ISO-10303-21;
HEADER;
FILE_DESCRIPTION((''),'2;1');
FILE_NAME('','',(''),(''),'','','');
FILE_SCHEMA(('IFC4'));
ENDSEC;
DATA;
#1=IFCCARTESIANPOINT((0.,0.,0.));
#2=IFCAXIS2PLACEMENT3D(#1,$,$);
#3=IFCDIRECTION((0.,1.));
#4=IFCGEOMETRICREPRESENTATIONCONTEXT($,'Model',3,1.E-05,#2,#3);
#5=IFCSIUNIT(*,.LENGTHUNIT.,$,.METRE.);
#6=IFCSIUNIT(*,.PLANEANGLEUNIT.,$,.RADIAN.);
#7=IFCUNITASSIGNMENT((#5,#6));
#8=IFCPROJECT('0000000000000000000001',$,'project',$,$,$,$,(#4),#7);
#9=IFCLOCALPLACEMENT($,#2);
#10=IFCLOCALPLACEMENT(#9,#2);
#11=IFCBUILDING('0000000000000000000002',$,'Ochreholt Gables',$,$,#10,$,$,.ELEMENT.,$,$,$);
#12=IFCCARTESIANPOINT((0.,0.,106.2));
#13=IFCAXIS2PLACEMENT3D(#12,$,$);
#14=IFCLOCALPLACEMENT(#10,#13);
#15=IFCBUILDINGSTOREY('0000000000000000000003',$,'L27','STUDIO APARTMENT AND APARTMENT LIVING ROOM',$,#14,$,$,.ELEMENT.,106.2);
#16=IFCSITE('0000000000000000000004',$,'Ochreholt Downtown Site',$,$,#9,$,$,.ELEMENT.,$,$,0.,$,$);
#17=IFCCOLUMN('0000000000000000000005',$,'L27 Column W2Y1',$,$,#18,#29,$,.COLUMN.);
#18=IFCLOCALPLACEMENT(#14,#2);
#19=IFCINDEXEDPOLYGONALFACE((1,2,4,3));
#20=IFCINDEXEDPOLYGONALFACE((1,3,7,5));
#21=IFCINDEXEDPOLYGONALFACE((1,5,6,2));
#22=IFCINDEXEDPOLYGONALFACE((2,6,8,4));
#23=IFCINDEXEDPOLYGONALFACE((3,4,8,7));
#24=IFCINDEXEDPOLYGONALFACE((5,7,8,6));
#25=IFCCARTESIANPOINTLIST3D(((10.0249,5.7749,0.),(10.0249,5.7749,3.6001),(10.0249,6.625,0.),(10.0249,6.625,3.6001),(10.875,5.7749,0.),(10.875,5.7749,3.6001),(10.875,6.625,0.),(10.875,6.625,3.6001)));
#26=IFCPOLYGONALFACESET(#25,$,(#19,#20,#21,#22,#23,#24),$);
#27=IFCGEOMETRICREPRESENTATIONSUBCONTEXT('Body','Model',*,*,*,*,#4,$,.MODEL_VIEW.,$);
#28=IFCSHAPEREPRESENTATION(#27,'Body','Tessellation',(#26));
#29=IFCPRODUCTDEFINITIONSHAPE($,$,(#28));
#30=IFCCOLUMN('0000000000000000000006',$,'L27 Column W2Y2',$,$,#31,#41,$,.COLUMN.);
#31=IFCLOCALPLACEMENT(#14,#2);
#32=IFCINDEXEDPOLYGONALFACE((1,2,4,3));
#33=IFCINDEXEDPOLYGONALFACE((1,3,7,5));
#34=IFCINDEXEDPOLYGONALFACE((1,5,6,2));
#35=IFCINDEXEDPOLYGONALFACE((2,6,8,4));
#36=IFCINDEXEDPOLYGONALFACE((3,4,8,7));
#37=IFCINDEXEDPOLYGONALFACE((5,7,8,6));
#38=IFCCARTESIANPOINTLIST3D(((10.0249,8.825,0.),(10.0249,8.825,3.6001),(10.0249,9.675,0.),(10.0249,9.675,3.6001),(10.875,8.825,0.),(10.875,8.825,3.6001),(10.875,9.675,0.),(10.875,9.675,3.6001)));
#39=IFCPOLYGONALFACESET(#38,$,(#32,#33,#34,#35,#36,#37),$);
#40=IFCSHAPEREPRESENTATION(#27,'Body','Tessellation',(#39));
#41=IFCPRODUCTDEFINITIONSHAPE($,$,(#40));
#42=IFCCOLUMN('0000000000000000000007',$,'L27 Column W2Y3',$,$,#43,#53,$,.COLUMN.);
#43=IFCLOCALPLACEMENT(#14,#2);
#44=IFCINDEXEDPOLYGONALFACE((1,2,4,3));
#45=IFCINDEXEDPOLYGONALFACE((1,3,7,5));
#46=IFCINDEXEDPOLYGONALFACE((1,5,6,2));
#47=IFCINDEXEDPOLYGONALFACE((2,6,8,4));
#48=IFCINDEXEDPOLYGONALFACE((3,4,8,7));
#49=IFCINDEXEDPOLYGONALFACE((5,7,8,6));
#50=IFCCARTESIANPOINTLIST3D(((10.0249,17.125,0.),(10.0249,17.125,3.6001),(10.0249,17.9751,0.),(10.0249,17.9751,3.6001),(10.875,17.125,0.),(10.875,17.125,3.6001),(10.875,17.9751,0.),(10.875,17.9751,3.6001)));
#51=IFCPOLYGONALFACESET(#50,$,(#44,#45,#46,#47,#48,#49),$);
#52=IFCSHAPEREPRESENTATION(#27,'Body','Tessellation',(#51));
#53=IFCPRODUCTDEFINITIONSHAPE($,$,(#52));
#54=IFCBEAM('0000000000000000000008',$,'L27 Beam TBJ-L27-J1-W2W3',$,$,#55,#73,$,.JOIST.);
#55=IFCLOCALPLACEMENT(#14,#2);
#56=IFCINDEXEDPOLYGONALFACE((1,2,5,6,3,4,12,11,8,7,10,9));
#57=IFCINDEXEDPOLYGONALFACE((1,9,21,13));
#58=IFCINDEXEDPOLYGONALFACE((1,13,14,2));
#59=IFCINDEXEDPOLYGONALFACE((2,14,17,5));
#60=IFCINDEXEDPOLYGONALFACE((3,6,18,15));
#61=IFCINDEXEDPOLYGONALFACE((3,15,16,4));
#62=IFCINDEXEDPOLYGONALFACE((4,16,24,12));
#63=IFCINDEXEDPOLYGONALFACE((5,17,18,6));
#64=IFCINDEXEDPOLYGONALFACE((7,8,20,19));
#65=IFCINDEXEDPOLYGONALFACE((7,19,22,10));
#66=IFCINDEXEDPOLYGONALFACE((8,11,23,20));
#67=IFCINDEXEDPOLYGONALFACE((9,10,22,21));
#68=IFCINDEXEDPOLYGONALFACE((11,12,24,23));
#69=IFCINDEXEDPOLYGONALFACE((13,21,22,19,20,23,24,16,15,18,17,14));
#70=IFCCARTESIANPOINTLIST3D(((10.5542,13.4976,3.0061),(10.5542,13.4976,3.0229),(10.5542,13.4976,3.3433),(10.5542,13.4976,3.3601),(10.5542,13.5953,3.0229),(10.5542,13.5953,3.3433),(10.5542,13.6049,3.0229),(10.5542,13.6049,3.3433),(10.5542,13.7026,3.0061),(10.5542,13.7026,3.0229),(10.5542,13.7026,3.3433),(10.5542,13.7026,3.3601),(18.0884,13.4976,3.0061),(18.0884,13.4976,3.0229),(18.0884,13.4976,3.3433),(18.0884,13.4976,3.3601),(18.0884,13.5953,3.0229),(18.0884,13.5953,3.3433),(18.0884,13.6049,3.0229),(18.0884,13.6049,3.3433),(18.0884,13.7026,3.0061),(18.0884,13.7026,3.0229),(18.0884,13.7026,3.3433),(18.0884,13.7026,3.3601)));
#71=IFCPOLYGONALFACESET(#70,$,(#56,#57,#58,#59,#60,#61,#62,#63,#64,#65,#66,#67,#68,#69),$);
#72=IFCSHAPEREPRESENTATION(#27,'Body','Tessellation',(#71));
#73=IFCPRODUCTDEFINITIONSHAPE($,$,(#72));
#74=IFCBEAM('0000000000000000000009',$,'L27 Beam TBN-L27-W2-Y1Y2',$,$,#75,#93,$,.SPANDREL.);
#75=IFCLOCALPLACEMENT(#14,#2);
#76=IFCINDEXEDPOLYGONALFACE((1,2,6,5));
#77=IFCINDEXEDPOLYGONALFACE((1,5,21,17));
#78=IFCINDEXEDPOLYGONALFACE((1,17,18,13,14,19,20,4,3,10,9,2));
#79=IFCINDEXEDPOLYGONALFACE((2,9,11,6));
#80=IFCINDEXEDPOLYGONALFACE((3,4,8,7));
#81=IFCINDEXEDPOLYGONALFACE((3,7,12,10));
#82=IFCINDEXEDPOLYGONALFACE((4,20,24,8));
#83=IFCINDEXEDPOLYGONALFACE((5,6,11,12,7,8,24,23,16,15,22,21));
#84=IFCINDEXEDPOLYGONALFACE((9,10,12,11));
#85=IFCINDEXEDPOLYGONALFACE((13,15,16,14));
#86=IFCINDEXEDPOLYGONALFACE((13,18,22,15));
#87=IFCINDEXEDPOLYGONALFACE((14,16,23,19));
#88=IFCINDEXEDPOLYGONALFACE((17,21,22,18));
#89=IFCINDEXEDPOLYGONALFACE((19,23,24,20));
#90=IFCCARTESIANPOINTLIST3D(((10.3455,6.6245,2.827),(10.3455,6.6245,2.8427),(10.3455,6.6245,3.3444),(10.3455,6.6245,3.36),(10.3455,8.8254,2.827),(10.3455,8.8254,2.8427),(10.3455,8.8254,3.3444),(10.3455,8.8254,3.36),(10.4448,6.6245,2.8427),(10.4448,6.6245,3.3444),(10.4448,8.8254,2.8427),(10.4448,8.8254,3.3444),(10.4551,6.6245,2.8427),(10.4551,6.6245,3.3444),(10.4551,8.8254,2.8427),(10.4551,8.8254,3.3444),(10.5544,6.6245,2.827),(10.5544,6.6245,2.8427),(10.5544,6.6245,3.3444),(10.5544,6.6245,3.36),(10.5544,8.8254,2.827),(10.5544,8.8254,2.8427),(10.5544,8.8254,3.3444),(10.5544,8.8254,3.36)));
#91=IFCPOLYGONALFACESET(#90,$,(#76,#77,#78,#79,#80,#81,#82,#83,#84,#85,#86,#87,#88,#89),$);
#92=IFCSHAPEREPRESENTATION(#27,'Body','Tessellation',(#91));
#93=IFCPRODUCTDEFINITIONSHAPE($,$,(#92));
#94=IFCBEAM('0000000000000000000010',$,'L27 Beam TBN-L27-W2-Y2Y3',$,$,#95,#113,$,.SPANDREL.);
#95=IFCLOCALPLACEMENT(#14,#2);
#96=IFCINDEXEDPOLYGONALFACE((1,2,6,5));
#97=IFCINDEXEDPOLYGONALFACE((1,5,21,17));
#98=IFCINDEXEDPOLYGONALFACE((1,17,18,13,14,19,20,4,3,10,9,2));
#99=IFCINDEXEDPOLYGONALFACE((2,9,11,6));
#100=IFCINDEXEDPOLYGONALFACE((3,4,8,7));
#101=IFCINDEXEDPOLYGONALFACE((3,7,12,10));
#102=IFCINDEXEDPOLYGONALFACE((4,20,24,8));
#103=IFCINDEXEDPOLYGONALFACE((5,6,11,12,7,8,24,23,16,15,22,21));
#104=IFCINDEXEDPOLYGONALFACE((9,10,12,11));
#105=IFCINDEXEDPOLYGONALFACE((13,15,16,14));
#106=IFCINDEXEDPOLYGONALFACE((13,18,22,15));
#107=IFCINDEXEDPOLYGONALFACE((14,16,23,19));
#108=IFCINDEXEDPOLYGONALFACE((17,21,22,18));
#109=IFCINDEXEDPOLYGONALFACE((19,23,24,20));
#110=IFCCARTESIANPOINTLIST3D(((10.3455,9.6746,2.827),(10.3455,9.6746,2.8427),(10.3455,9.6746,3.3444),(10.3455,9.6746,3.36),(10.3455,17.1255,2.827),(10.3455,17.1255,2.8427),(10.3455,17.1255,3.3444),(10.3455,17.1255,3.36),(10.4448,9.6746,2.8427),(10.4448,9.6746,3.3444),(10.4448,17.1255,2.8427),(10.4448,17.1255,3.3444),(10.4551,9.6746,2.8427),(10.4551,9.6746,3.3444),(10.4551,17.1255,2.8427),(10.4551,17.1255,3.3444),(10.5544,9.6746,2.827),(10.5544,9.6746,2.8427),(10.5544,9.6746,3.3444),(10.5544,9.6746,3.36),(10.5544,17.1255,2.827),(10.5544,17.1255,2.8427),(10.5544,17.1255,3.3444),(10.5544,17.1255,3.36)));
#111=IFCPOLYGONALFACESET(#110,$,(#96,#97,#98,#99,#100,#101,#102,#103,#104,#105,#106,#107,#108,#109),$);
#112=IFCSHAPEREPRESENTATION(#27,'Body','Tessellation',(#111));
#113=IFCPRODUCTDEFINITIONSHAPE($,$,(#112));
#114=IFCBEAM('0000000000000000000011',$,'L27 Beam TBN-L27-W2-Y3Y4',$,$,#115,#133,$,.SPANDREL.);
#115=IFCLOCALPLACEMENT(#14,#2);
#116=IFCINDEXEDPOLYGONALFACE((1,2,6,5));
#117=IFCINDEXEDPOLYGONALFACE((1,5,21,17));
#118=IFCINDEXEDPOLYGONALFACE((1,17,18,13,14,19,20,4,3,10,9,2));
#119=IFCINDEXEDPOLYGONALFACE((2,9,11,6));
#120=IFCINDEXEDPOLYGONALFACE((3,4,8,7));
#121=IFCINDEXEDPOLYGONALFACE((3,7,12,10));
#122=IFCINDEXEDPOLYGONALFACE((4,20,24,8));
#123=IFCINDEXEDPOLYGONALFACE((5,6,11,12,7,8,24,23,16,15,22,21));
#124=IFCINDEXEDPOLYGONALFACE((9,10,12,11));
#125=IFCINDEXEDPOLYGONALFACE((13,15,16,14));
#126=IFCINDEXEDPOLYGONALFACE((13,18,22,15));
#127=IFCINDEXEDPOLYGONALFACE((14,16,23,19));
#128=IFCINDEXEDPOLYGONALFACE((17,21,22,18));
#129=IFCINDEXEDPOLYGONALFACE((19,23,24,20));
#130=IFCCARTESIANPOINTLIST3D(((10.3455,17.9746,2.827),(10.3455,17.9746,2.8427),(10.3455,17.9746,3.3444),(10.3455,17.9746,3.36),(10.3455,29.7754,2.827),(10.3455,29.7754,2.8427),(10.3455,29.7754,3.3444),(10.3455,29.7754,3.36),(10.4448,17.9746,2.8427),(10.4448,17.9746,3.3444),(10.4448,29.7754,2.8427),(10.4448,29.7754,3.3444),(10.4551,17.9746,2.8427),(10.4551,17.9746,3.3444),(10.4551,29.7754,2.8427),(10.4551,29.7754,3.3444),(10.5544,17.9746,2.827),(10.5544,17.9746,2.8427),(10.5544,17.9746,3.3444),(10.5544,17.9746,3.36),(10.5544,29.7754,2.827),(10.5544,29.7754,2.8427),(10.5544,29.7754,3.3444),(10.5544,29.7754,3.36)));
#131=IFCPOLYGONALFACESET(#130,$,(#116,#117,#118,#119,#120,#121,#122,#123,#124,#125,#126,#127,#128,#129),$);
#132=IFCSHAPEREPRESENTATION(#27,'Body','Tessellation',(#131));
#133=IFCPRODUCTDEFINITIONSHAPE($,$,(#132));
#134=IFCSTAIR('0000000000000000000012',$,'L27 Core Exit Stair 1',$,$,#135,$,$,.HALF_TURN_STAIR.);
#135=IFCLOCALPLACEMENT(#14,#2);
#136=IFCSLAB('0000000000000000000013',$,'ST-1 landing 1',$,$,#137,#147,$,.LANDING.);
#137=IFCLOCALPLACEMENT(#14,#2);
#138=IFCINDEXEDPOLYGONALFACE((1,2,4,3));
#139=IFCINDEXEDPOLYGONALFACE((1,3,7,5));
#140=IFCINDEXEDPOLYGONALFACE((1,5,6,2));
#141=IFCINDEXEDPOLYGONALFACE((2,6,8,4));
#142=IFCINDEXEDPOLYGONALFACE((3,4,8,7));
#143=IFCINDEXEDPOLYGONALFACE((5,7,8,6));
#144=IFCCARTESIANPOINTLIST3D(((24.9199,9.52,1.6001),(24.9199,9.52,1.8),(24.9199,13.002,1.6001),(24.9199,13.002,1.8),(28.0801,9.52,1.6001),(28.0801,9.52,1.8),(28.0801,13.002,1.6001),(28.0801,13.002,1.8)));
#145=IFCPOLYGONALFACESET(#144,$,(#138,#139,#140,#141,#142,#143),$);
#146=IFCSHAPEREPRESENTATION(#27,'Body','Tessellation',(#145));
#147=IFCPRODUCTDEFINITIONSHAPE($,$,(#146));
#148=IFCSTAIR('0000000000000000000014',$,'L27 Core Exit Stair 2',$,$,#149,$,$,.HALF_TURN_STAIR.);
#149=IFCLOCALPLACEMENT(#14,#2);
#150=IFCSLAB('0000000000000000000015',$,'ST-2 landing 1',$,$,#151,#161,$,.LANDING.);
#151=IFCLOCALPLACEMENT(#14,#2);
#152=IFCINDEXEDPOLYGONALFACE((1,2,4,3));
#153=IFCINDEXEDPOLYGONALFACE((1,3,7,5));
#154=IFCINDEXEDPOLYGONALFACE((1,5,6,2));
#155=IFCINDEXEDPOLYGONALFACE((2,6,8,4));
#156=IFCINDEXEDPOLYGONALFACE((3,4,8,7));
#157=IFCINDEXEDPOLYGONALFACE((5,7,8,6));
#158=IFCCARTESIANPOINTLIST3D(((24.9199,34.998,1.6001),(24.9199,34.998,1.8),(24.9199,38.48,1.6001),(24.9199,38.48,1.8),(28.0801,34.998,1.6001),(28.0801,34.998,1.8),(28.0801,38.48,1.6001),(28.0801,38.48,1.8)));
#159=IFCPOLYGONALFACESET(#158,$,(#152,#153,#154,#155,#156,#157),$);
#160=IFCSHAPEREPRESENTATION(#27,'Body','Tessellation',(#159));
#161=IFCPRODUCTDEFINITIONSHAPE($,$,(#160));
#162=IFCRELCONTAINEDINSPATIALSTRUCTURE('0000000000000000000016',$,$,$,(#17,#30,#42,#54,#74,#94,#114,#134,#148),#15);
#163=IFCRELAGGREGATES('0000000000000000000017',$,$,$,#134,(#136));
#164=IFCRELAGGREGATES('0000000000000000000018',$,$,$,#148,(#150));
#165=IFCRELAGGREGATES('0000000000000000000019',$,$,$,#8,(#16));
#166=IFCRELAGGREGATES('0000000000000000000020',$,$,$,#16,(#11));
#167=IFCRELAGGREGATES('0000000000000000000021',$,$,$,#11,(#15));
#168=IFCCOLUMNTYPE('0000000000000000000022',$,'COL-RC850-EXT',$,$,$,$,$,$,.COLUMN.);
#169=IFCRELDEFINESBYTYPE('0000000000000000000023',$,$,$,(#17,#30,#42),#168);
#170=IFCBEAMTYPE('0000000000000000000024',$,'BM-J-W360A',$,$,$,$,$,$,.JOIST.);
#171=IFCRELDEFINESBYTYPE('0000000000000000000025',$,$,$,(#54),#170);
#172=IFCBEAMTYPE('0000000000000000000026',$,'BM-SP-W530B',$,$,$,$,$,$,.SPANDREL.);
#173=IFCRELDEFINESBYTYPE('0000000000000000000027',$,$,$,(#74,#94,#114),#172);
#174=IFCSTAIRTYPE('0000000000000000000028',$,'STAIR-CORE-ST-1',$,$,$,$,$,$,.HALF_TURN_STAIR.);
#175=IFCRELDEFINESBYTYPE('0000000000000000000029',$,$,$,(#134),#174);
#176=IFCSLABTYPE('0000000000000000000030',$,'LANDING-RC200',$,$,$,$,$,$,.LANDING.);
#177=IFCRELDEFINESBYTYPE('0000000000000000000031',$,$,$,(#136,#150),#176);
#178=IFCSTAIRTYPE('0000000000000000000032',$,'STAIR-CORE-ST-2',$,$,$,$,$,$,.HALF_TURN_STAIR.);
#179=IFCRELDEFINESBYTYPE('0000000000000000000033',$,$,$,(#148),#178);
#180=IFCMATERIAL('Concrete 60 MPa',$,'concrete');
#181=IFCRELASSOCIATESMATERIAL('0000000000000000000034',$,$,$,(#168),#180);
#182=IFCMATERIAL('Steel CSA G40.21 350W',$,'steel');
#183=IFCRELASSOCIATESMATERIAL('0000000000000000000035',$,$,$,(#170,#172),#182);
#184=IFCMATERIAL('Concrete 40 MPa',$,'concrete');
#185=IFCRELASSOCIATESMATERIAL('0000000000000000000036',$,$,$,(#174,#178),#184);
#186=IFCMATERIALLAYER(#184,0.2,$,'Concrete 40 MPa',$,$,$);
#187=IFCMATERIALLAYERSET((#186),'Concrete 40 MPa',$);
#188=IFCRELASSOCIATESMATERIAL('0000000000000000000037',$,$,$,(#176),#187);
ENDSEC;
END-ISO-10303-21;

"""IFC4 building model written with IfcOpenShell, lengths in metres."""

from ifc_helpers import new_model, si_unit, direction, frame, origin, origin_2d, place, context, subcontext, project, spatial, polyline, rectangle, i_section, outline, extrude, material, layer, layer_set, material_profile, profile_set, type_object, element, aggregate, save


model = new_model("IFC4")

# Units and contexts
model_context = context("Model", 3, precision=1e-05, world=origin(), true_north=direction((0.0, 1.0)))
body_context = subcontext(model_context, "Body", "Model", "MODEL_VIEW")
ifc_project = project(units=[si_unit("LENGTHUNIT", "METRE"), si_unit("PLANEANGLEUNIT", "RADIAN")], contexts=[model_context])

# Site, building, storey
site_placement = place(None, origin())
site = spatial("IfcSite", under=ifc_project, at=site_placement, Name="Ochreholt Downtown Site", CompositionType="ELEMENT", RefElevation=0.0)
building_placement = place(site_placement, origin())
building = spatial("IfcBuilding", under=site, at=building_placement, Name="Ochreholt Gables", CompositionType="ELEMENT")
storey_placement = place(building_placement, frame((0.0, 0.0, 106.2)))
storey = spatial("IfcBuildingStorey", under=building, at=storey_placement, Name="L27", Description="STUDIO APARTMENT AND APARTMENT LIVING ROOM", CompositionType="ELEMENT", Elevation=106.2)

# Columns
ifc_material_1 = material(Name="Concrete 60 MPa", Category="concrete")
ifc_material_profile_1 = material_profile(ifc_material_1, rectangle(XDim=0.8501, YDim=0.8501, at=origin_2d()), Name="RC850X850")
ifc_profile_set_1 = profile_set([ifc_material_profile_1], Name="Concrete 60 MPa")
column_type = type_object("IfcColumnType", Name="COL-RC850-EXT", PredefinedType="COLUMN", material=ifc_profile_set_1)
for number, where, z_axis, x_axis, name in (
    (1, (10.45, 6.2, 0.0), (0.0, 0.0, 1.0), (1.0, 0.0, 0.0), "L27 Column W2Y1"),
    (2, (10.45, 9.25, 0.0), (0.0, 0.0, 1.0), (1.0, 0.0, 0.0), "L27 Column W2Y2"),
    (3, (10.45, 17.55, 0.0), (0.0, 0.0, 1.0), (1.0, 0.0, 0.0), "L27 Column W2Y3"),
):
    element("IfcColumn", number, at=place(storey_placement, frame(where, z_axis=z_axis, x_axis=x_axis)), inside=storey, type_object=column_type, Name=name, PredefinedType="COLUMN", context=body_context, shape_type="SweptSolid", body=[
        extrude(rectangle(XDim=0.8501, YDim=0.8501, at=origin_2d()), origin(), (0.0, 0.0, 1.0), 3.6001),
    ])

# Beams
ifc_material_2 = material(Name="Steel CSA G40.21 350W", Category="steel")
ifc_material_profile_2 = material_profile(ifc_material_2, i_section(OverallWidth=0.2051, OverallDepth=0.354, WebThickness=0.0095, FlangeThickness=0.0168, at=origin_2d()), Name="W360X79")
ifc_profile_set_2 = profile_set([ifc_material_profile_2], Name="Steel CSA G40.21 350W")
beam_type_1 = type_object("IfcBeamType", Name="BM-J-W360A", PredefinedType="JOIST", material=ifc_profile_set_2)
beam_1_placement = place(storey_placement, frame((10.5542, 13.6001, 3.1831), z_axis=(1.0, 0.0, 0.0), x_axis=(0.0, 1.0, 0.0)))
element("IfcBeam", 4, at=beam_1_placement, inside=storey, type_object=beam_type_1, Name="L27 Beam TBJ-L27-J1-W2W3", PredefinedType="JOIST", context=body_context, shape_type="SweptSolid", body=[
    extrude(i_section(OverallWidth=0.2051, OverallDepth=0.354, WebThickness=0.0095, FlangeThickness=0.0168, at=origin_2d()), origin(), (0.0, 0.0, 1.0), 7.5342),
])
ifc_material_profile_3 = material_profile(ifc_material_2, i_section(OverallWidth=0.209, OverallDepth=0.533, WebThickness=0.0103, FlangeThickness=0.0156, at=origin_2d()), Name="W530X92")
ifc_profile_set_3 = profile_set([ifc_material_profile_3], Name="Steel CSA G40.21 350W")
beam_type_2 = type_object("IfcBeamType", Name="BM-SP-W530B", PredefinedType="SPANDREL", material=ifc_profile_set_3)
beam_2_placement = place(storey_placement, frame((10.45, 6.6245, 3.0935), z_axis=(0.0, 1.0, 0.0), x_axis=(-1.0, 0.0, 0.0)))
element("IfcBeam", 5, at=beam_2_placement, inside=storey, type_object=beam_type_2, Name="L27 Beam TBN-L27-W2-Y1Y2", PredefinedType="SPANDREL", context=body_context, shape_type="SweptSolid", body=[
    extrude(i_section(OverallWidth=0.209, OverallDepth=0.533, WebThickness=0.0103, FlangeThickness=0.0156, at=origin_2d()), origin(), (0.0, 0.0, 1.0), 2.2009),
])
beam_3_placement = place(storey_placement, frame((10.45, 9.6746, 3.0935), z_axis=(0.0, 1.0, 0.0), x_axis=(-1.0, 0.0, 0.0)))
element("IfcBeam", 6, at=beam_3_placement, inside=storey, type_object=beam_type_2, Name="L27 Beam TBN-L27-W2-Y2Y3", PredefinedType="SPANDREL", context=body_context, shape_type="SweptSolid", body=[
    extrude(i_section(OverallWidth=0.209, OverallDepth=0.533, WebThickness=0.0103, FlangeThickness=0.0156, at=origin_2d()), origin(), (0.0, 0.0, 1.0), 7.4509),
])
beam_4_placement = place(storey_placement, frame((10.45, 17.9746, 3.0935), z_axis=(0.0, 1.0, 0.0), x_axis=(-1.0, 0.0, 0.0)))
element("IfcBeam", 7, at=beam_4_placement, inside=storey, type_object=beam_type_2, Name="L27 Beam TBN-L27-W2-Y3Y4", PredefinedType="SPANDREL", context=body_context, shape_type="SweptSolid", body=[
    extrude(i_section(OverallWidth=0.209, OverallDepth=0.533, WebThickness=0.0103, FlangeThickness=0.0156, at=origin_2d()), origin(), (0.0, 0.0, 1.0), 11.8008),
])

# Stairs, slabs
ifc_material_3 = material(Name="Concrete 40 MPa", Category="concrete")
stair_type_1 = type_object("IfcStairType", Name="STAIR-CORE-ST-1", PredefinedType="HALF_TURN_STAIR", material=ifc_material_3)
stair_1_placement = place(storey_placement, origin())
stair_1 = element("IfcStair", 8, at=stair_1_placement, inside=storey, type_object=stair_type_1, Name="L27 Core Exit Stair 1", PredefinedType="HALF_TURN_STAIR")
ifc_layer_1 = layer(ifc_material_3, 0.2, Name="Concrete 40 MPa")
ifc_layer_set_1 = layer_set([ifc_layer_1], Name="Concrete 40 MPa")
slab_type_1 = type_object("IfcSlabType", Name="LANDING-RC200", PredefinedType="LANDING", material=ifc_layer_set_1)
slab_1_placement = place(storey_placement, frame((0.0, 0.0, 1.6001)))
slab_1 = element("IfcSlab", 9, at=slab_1_placement, type_object=slab_type_1, Name="ST-1 landing 1", PredefinedType="LANDING", context=body_context, shape_type="SweptSolid", body=[
    extrude(outline(polyline([(24.9199, 13.002), (24.9199, 9.52), (28.0801, 9.52), (28.0801, 13.002), (24.9199, 13.002)])), origin(), (0.0, 0.0, 1.0), 0.2),
])
aggregate(stair_1, [slab_1])
stair_type_2 = type_object("IfcStairType", Name="STAIR-CORE-ST-2", PredefinedType="HALF_TURN_STAIR", material=ifc_material_3)
stair_2_placement = place(storey_placement, origin())
stair_2 = element("IfcStair", 10, at=stair_2_placement, inside=storey, type_object=stair_type_2, Name="L27 Core Exit Stair 2", PredefinedType="HALF_TURN_STAIR")
slab_2_placement = place(storey_placement, frame((0.0, 0.0, 1.6001)))
slab_2 = element("IfcSlab", 11, at=slab_2_placement, type_object=slab_type_1, Name="ST-2 landing 1", PredefinedType="LANDING", context=body_context, shape_type="SweptSolid", body=[
    extrude(outline(polyline([(28.0801, 34.998), (28.0801, 38.48), (24.9199, 38.48), (24.9199, 34.998), (28.0801, 34.998)])), origin(), (0.0, 0.0, 1.0), 0.2),
])
aggregate(stair_2, [slab_2])

save(model, "model.ifc")
